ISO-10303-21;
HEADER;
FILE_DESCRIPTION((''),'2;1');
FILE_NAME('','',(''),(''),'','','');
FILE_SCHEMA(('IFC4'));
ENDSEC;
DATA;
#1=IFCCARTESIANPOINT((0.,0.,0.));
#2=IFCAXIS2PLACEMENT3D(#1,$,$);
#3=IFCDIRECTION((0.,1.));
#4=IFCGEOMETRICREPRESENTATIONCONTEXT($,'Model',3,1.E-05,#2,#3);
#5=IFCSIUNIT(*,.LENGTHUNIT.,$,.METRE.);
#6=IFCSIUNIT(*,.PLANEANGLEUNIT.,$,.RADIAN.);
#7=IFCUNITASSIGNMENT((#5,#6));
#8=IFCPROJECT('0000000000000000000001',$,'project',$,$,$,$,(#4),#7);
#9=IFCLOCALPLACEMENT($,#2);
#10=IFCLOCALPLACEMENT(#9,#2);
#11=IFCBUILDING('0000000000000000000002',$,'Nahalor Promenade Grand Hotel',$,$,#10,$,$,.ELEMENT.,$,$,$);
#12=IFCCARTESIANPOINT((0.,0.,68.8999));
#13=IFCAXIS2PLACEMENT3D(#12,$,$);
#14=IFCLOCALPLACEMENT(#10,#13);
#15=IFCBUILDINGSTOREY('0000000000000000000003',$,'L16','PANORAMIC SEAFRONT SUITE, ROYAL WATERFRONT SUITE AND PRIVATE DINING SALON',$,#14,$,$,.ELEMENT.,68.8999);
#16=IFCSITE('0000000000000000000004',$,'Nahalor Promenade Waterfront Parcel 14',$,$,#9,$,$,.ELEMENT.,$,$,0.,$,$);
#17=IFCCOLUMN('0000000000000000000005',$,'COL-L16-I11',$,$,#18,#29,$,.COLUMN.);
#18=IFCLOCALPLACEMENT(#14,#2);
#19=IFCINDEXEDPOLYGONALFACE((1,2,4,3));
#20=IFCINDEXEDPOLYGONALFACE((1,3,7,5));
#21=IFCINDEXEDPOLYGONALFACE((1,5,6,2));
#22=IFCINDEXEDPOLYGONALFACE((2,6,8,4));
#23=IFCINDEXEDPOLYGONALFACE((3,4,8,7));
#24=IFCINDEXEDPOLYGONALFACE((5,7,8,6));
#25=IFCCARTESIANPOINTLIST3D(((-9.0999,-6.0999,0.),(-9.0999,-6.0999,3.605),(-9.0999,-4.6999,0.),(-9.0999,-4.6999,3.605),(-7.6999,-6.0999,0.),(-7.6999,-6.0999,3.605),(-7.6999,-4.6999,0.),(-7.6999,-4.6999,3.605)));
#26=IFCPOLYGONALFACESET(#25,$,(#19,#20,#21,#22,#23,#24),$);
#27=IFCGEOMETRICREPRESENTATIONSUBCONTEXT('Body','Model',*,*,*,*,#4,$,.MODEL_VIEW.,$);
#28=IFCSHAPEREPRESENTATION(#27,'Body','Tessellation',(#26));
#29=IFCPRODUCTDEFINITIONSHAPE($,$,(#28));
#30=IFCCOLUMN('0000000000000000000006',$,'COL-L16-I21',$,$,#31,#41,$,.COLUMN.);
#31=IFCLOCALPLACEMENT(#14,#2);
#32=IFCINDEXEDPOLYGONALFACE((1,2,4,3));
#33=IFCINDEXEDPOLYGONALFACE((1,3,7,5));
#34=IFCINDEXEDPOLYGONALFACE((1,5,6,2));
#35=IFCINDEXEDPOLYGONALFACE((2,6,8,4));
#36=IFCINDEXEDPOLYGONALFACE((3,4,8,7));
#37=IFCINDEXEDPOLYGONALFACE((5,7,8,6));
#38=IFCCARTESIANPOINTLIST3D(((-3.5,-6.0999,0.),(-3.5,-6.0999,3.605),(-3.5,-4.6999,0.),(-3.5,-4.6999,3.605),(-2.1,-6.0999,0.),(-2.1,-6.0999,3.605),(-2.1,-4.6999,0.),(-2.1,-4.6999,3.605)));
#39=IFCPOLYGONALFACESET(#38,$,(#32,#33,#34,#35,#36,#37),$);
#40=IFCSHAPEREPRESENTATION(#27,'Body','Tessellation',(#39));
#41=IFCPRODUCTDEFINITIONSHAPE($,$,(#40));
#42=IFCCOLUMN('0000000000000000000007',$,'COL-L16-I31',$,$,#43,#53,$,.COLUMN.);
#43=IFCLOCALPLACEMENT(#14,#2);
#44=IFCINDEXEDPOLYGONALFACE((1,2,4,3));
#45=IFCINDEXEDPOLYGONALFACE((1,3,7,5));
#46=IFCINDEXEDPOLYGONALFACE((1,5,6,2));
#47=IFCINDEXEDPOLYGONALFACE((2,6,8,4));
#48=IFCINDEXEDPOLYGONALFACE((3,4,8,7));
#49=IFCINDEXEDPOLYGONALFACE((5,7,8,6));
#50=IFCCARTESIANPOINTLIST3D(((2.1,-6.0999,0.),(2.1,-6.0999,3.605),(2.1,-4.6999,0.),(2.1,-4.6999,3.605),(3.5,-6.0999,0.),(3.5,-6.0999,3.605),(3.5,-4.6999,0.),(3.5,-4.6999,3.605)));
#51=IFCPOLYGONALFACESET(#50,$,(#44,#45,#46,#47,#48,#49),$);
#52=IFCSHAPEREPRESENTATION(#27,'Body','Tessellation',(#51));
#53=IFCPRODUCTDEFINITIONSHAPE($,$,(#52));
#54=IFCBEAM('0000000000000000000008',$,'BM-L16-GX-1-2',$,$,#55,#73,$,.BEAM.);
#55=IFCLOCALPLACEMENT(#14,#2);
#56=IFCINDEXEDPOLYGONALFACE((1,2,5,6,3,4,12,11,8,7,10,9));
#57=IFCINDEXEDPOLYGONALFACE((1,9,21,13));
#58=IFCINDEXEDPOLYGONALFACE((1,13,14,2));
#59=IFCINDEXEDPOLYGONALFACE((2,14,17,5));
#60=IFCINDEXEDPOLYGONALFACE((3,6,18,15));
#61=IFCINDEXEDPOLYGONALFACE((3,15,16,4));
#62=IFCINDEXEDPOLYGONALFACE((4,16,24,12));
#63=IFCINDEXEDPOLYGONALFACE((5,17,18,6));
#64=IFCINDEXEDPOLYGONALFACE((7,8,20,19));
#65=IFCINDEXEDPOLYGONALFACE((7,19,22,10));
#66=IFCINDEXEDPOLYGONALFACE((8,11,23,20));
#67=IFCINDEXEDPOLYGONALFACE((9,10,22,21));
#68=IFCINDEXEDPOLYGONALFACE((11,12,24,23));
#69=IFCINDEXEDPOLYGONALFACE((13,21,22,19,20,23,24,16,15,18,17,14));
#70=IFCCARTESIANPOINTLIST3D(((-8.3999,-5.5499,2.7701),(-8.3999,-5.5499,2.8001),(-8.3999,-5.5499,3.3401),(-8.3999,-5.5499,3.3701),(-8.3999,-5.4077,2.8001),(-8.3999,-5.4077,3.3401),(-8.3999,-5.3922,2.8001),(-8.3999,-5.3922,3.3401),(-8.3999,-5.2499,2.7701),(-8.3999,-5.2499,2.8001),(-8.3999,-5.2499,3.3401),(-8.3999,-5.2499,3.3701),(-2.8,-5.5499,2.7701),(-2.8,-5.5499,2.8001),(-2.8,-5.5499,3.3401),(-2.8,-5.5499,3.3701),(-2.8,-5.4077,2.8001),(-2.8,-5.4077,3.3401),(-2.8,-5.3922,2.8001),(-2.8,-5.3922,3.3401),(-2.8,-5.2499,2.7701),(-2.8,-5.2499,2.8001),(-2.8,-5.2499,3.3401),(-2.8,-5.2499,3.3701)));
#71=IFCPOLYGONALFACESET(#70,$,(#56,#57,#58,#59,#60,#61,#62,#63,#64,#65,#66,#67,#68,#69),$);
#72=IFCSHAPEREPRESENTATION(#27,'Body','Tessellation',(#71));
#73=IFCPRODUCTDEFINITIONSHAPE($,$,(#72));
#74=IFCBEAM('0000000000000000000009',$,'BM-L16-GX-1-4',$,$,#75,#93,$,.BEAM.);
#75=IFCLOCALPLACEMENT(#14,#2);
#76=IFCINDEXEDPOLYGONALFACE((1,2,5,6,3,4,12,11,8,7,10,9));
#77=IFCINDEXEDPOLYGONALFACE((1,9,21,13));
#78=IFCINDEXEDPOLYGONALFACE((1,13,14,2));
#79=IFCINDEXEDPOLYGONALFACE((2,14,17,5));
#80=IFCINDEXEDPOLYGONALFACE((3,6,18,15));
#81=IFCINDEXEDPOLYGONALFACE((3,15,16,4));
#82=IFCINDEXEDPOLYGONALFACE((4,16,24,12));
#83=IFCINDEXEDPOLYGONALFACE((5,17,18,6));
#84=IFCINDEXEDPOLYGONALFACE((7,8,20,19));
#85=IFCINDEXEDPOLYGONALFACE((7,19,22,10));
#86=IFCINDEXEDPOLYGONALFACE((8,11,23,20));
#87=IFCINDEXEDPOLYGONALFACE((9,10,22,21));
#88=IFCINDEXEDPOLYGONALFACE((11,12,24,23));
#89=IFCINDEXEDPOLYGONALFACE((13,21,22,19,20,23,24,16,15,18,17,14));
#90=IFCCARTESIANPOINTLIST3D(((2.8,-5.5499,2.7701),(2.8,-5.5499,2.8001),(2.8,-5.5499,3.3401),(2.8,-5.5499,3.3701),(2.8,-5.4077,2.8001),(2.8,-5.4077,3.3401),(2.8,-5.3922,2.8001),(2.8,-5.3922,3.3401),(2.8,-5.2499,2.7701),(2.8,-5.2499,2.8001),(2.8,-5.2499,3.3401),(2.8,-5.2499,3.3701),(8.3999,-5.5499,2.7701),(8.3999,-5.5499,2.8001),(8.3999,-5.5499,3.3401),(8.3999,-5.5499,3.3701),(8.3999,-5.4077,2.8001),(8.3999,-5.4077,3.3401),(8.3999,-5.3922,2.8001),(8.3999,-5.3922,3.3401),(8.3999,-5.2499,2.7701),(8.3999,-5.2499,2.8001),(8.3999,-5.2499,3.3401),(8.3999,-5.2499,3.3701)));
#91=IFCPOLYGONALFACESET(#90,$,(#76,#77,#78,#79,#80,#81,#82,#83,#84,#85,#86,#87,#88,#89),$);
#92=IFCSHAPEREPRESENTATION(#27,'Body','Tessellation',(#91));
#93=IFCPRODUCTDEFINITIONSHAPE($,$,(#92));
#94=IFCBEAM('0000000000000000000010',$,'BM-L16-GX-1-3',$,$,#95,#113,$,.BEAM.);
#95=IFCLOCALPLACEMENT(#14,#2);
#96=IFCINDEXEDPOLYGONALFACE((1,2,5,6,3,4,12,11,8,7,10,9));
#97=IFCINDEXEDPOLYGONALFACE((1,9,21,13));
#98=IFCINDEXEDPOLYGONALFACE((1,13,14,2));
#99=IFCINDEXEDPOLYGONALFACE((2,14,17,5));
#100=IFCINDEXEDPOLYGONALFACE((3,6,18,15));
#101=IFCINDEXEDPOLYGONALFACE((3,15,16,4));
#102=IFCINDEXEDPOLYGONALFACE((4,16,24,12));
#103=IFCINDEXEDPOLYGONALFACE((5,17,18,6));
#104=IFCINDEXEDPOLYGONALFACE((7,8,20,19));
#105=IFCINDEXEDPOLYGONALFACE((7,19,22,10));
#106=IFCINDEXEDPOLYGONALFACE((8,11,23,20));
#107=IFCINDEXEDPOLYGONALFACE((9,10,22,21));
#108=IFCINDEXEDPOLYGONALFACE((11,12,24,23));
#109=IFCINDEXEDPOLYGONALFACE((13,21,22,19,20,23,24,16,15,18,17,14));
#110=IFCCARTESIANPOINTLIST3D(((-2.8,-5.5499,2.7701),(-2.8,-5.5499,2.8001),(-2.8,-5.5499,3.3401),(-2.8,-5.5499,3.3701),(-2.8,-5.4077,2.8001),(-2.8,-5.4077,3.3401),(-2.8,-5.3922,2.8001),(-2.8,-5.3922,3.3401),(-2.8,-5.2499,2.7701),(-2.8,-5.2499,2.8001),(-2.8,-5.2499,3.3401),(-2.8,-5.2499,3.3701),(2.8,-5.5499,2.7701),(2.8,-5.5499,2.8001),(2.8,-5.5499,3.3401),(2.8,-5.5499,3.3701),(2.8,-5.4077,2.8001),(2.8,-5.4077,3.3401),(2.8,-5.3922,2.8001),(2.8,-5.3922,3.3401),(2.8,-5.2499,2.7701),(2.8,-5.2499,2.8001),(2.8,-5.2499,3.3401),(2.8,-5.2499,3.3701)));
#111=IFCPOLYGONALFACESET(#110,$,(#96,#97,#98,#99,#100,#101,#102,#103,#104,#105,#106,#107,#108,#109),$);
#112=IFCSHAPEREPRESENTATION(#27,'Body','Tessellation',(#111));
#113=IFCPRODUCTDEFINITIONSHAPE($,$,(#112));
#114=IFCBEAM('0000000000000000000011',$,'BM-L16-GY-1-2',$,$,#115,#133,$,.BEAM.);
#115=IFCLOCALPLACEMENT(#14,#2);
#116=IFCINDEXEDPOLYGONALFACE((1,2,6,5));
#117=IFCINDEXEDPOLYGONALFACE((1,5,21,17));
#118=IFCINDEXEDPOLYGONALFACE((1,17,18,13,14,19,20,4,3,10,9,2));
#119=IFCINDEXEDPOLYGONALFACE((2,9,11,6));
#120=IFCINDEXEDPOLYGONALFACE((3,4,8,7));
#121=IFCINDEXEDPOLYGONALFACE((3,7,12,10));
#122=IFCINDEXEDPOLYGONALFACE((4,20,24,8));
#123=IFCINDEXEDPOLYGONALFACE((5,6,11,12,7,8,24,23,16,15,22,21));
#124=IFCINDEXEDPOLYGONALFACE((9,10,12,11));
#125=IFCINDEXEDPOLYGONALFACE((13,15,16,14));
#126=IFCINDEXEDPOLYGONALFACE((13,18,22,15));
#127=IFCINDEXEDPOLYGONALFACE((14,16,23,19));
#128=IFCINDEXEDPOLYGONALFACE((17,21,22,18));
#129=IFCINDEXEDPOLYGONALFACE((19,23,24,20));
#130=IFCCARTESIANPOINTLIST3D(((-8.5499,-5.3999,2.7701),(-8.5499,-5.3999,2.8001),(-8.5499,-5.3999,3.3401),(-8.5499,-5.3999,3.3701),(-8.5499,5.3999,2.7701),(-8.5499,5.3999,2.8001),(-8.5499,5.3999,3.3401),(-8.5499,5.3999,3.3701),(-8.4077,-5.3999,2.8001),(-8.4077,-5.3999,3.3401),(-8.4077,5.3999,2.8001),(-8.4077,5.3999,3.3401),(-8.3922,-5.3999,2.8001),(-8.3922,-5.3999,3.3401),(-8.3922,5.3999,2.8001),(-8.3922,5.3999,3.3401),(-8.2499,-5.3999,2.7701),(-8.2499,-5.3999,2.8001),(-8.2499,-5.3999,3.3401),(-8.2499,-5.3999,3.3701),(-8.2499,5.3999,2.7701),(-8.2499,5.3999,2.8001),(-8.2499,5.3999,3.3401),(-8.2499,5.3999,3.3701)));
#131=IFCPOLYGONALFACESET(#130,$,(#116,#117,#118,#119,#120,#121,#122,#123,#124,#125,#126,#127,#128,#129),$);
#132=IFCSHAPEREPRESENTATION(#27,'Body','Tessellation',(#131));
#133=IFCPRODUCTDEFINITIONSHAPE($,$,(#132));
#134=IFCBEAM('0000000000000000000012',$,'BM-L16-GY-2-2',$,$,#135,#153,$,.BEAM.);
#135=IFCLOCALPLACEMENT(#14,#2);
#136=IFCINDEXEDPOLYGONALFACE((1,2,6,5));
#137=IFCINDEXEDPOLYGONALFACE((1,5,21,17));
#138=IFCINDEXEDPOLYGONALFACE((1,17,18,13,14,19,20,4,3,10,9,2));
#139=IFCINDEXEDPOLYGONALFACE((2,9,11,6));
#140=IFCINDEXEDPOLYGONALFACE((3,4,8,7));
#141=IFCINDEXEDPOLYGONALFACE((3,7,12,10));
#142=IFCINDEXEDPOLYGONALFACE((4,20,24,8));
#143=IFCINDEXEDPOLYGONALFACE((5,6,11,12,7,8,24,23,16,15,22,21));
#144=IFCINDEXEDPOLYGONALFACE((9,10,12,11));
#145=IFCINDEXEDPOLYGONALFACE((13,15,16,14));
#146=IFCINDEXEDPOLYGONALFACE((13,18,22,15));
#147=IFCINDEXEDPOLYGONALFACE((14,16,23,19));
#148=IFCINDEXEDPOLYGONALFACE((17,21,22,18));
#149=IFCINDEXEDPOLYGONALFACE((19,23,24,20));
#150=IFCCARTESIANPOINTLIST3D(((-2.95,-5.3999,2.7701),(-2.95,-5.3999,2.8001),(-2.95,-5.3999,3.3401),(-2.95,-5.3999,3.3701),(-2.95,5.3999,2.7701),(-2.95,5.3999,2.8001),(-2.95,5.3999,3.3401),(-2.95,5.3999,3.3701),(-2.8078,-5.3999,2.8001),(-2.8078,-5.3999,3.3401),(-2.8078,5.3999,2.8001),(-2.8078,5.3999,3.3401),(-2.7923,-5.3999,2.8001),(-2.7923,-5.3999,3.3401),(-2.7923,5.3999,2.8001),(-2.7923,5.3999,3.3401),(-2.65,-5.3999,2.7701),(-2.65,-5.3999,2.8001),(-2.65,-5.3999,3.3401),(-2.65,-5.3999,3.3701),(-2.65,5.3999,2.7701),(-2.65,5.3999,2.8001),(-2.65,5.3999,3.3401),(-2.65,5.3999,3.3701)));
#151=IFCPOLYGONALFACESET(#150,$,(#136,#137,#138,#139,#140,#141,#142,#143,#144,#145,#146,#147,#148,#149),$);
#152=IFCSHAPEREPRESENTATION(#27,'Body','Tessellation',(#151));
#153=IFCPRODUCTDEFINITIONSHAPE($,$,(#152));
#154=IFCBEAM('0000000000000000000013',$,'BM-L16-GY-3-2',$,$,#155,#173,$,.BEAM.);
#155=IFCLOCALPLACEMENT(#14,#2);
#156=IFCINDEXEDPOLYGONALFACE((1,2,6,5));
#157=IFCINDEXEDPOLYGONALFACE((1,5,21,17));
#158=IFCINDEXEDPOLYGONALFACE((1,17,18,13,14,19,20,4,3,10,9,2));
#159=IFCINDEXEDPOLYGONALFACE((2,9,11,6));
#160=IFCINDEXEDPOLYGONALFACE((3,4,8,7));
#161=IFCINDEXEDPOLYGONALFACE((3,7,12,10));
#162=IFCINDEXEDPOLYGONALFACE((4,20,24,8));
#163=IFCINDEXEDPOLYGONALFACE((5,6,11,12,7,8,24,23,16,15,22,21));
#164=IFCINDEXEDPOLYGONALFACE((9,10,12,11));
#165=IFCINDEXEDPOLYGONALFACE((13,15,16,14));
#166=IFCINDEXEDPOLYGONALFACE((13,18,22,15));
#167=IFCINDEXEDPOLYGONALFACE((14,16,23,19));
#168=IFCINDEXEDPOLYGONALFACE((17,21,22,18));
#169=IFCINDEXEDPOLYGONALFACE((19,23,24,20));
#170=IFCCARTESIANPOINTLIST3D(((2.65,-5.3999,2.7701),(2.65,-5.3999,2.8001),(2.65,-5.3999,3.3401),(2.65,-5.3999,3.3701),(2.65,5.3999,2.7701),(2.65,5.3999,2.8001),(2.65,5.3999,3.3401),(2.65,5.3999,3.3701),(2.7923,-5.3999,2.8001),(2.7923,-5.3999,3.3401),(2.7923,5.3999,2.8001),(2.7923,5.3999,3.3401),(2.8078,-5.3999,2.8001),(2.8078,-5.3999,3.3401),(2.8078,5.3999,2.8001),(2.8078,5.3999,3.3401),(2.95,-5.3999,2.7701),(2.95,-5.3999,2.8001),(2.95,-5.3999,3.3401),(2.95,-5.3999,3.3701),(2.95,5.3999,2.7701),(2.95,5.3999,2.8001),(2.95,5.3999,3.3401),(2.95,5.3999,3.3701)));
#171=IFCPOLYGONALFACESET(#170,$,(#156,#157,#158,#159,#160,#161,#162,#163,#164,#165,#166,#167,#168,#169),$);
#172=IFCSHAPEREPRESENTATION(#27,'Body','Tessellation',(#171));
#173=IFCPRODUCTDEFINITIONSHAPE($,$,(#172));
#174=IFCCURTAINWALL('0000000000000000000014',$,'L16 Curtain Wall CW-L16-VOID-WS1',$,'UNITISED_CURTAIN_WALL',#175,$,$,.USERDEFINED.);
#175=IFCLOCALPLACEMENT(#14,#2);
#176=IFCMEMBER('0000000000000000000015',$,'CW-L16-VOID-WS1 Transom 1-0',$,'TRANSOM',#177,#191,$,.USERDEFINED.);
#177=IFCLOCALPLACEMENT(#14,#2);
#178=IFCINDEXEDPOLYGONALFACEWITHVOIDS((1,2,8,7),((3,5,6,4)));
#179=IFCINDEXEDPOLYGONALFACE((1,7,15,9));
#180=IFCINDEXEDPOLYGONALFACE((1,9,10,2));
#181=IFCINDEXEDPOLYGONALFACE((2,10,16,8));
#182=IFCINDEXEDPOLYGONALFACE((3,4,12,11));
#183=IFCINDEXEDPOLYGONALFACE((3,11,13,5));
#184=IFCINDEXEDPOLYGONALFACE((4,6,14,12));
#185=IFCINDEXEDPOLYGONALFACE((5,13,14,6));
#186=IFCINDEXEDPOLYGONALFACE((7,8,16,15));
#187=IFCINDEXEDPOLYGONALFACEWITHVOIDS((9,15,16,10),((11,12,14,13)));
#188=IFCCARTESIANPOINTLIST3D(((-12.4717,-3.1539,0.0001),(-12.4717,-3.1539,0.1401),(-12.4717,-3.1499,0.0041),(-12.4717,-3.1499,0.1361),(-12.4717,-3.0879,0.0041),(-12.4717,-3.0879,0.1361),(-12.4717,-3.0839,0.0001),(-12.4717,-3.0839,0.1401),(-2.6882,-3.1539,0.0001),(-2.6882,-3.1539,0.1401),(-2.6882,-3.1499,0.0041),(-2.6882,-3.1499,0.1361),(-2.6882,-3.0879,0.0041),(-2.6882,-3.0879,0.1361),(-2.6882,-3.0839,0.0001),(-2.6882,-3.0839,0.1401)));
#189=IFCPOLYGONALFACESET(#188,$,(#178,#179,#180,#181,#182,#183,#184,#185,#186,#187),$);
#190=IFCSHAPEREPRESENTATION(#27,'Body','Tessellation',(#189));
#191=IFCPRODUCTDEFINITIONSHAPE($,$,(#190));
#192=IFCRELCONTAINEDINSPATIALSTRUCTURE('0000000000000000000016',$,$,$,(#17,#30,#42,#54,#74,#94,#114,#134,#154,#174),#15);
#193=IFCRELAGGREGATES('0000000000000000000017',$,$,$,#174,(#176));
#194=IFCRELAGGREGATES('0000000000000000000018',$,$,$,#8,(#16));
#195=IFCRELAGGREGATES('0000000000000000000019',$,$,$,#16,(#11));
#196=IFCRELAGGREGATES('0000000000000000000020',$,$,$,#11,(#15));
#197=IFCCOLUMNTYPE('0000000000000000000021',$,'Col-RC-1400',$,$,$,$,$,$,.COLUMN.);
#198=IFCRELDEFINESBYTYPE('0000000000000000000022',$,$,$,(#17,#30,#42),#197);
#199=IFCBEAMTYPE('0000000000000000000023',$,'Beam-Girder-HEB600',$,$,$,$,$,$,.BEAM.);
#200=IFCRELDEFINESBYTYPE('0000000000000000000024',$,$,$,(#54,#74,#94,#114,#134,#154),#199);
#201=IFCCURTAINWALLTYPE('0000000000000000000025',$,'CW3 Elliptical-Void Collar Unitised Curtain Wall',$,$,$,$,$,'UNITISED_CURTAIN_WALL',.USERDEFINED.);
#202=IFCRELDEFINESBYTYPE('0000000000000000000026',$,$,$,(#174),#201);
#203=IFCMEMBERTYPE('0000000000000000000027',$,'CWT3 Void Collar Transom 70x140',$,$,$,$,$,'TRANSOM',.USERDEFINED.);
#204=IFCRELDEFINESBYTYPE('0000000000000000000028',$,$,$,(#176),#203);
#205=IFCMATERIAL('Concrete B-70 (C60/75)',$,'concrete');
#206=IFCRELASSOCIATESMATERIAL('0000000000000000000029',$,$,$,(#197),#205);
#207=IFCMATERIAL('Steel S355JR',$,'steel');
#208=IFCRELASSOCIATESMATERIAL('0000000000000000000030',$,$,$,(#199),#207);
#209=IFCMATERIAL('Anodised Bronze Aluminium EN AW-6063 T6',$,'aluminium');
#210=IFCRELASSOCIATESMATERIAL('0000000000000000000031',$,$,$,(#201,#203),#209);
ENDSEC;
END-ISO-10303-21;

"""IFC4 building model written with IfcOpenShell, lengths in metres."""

from ifc_helpers import new_model, si_unit, direction, frame, origin, origin_2d, place, context, subcontext, project, spatial, rectangle, hollow_rectangle, i_section, extrude, source, transform, mapped, material, material_profile, profile_set, type_object, element, aggregate, save


model = new_model("IFC4")

# Units and contexts
model_context = context("Model", 3, precision=1e-05, world=origin(), true_north=direction((0.0, 1.0)))
body_context = subcontext(model_context, "Body", "Model", "MODEL_VIEW")
ifc_project = project(units=[si_unit("LENGTHUNIT", "METRE"), si_unit("PLANEANGLEUNIT", "RADIAN")], contexts=[model_context])

# Site, building, storey
site_placement = place(None, origin())
site = spatial("IfcSite", under=ifc_project, at=site_placement, Name="Nahalor Promenade Waterfront Parcel 14", CompositionType="ELEMENT", RefElevation=0.0)
building_placement = place(site_placement, origin())
building = spatial("IfcBuilding", under=site, at=building_placement, Name="Nahalor Promenade Grand Hotel", CompositionType="ELEMENT")
storey_placement = place(building_placement, frame((0.0, 0.0, 68.8999)))
storey = spatial("IfcBuildingStorey", under=building, at=storey_placement, Name="L16", Description="PANORAMIC SEAFRONT SUITE, ROYAL WATERFRONT SUITE AND PRIVATE DINING SALON", CompositionType="ELEMENT", Elevation=68.8999)

# Columns
ifc_material_1 = material(Name="Concrete B-70 (C60/75)", Category="concrete")
ifc_material_profile_1 = material_profile(ifc_material_1, rectangle(XDim=1.4, YDim=1.4, at=origin_2d()), Name="RC 1400x1400")
ifc_profile_set_1 = profile_set([ifc_material_profile_1], Name="Concrete B-70 (C60/75)")
column_type = type_object("IfcColumnType", Name="Col-RC-1400", PredefinedType="COLUMN", material=ifc_profile_set_1)
shared_shape_1 = source(origin(), body_context, "Body", "SweptSolid", [
    extrude(rectangle(XDim=1.4, YDim=1.4, at=origin_2d()), origin(), (0.0, 0.0, 1.0), 3.605),
])
for number, where, z_axis, x_axis, name in (
    (1, (-8.3999, -5.3999, 0.0), (0.0, 0.0, 1.0), (1.0, 0.0, 0.0), "COL-L16-I11"),
    (2, (-2.8, -5.3999, 0.0), (0.0, 0.0, 1.0), (1.0, 0.0, 0.0), "COL-L16-I21"),
    (3, (2.8, -5.3999, 0.0), (0.0, 0.0, 1.0), (1.0, 0.0, 0.0), "COL-L16-I31"),
):
    element("IfcColumn", number, at=place(storey_placement, frame(where, z_axis=z_axis, x_axis=x_axis)), inside=storey, type_object=column_type, Name=name, PredefinedType="COLUMN", context=body_context, shape_type="MappedRepresentation", body=[
        mapped(shared_shape_1, transform((0.0, 0.0, 0.0), scale=1.0)),
    ])

# Beams
ifc_material_2 = material(Name="Steel S355JR", Category="steel")
ifc_material_profile_2 = material_profile(ifc_material_2, i_section(OverallWidth=0.3, OverallDepth=0.6, WebThickness=0.0155, FlangeThickness=0.03, at=origin_2d()), Name="HEB 600")
ifc_profile_set_2 = profile_set([ifc_material_profile_2], Name="Steel S355JR")
beam_type = type_object("IfcBeamType", Name="Beam-Girder-HEB600", PredefinedType="BEAM", material=ifc_profile_set_2)
shared_shape_2 = source(origin(), body_context, "Body", "SweptSolid", [
    extrude(i_section(OverallWidth=0.3, OverallDepth=0.6, WebThickness=0.0155, FlangeThickness=0.03, at=origin_2d()), origin(), (0.0, 0.0, 1.0), 5.5999),
])
for number, where, z_axis, x_axis, name in (
    (4, (-8.3999, -5.3999, 3.0701), (1.0, 0.0, 0.0), (0.0, 1.0, 0.0), "BM-L16-GX-1-2"),
    (5, (2.8, -5.3999, 3.0701), (1.0, 0.0, 0.0), (0.0, 1.0, 0.0), "BM-L16-GX-1-4"),
):
    element("IfcBeam", number, at=place(storey_placement, frame(where, z_axis=z_axis, x_axis=x_axis)), inside=storey, type_object=beam_type, Name=name, PredefinedType="BEAM", context=body_context, shape_type="MappedRepresentation", body=[
        mapped(shared_shape_2, transform((0.0, 0.0, 0.0), scale=1.0)),
    ])
shared_shape_3 = source(origin(), body_context, "Body", "SweptSolid", [
    extrude(i_section(OverallWidth=0.3, OverallDepth=0.6, WebThickness=0.0155, FlangeThickness=0.03, at=origin_2d()), origin(), (0.0, 0.0, 1.0), 5.6001),
])
beam_placement = place(storey_placement, frame((-2.8, -5.3999, 3.0701), z_axis=(1.0, 0.0, 0.0), x_axis=(0.0, 1.0, 0.0)))
element("IfcBeam", 6, at=beam_placement, inside=storey, type_object=beam_type, Name="BM-L16-GX-1-3", PredefinedType="BEAM", context=body_context, shape_type="MappedRepresentation", body=[
    mapped(shared_shape_3, transform((0.0, 0.0, 0.0), scale=1.0)),
])
shared_shape_4 = source(origin(), body_context, "Body", "SweptSolid", [
    extrude(i_section(OverallWidth=0.3, OverallDepth=0.6, WebThickness=0.0155, FlangeThickness=0.03, at=origin_2d()), origin(), (0.0, 0.0, 1.0), 10.7998),
])
for number, where, z_axis, x_axis, name in (
    (7, (-8.3999, -5.3999, 3.0701), (0.0, 1.0, 0.0), (-1.0, 0.0, 0.0), "BM-L16-GY-1-2"),
    (8, (-2.8, -5.3999, 3.0701), (0.0, 1.0, 0.0), (-1.0, 0.0, 0.0), "BM-L16-GY-2-2"),
    (9, (2.8, -5.3999, 3.0701), (0.0, 1.0, 0.0), (-1.0, 0.0, 0.0), "BM-L16-GY-3-2"),
):
    element("IfcBeam", number, at=place(storey_placement, frame(where, z_axis=z_axis, x_axis=x_axis)), inside=storey, type_object=beam_type, Name=name, PredefinedType="BEAM", context=body_context, shape_type="MappedRepresentation", body=[
        mapped(shared_shape_4, transform((0.0, 0.0, 0.0), scale=1.0)),
    ])

# Curtain wall, member
ifc_material_3 = material(Name="Anodised Bronze Aluminium EN AW-6063 T6", Category="aluminium")
curtain_wall_type = type_object("IfcCurtainWallType", Name="CW3 Elliptical-Void Collar Unitised Curtain Wall", ElementType="UNITISED_CURTAIN_WALL", PredefinedType="USERDEFINED", material=ifc_material_3)
curtain_wall_placement = place(storey_placement, origin())
curtain_wall = element("IfcCurtainWall", 10, at=curtain_wall_placement, inside=storey, type_object=curtain_wall_type, Name="L16 Curtain Wall CW-L16-VOID-WS1", ObjectType="UNITISED_CURTAIN_WALL", PredefinedType="USERDEFINED")
ifc_material_profile_3 = material_profile(ifc_material_3, hollow_rectangle(XDim=0.07, YDim=0.14, WallThickness=0.004, at=origin_2d()), Name="CWT 70x140x4")
ifc_profile_set_3 = profile_set([ifc_material_profile_3], Name="Anodised Bronze Aluminium EN AW-6063 T6")
member_type_1 = type_object("IfcMemberType", Name="CWT3 Void Collar Transom 70x140", ElementType="TRANSOM", PredefinedType="USERDEFINED", material=ifc_profile_set_3)
shared_shape_5 = source(origin(), body_context, "Body", "SweptSolid", [
    extrude(hollow_rectangle(XDim=0.07, YDim=0.14, WallThickness=0.004, at=origin_2d()), origin(), (0.0, 0.0, 1.0), 9.7834),
])
member_1_placement = place(storey_placement, frame((-12.4717, -3.1189, 0.0701), z_axis=(1.0, 0.0, 0.0), x_axis=(0.0, 1.0, 0.0)))
member_1 = element("IfcMember", 11, at=member_1_placement, type_object=member_type_1, Name="CW-L16-VOID-WS1 Transom 1-0", ObjectType="TRANSOM", PredefinedType="USERDEFINED", context=body_context, shape_type="MappedRepresentation", body=[
    mapped(shared_shape_5, transform((0.0, 0.0, 0.0), scale=1.0)),
])
aggregate(curtain_wall, [member_1])

save(model, "model.ifc")
